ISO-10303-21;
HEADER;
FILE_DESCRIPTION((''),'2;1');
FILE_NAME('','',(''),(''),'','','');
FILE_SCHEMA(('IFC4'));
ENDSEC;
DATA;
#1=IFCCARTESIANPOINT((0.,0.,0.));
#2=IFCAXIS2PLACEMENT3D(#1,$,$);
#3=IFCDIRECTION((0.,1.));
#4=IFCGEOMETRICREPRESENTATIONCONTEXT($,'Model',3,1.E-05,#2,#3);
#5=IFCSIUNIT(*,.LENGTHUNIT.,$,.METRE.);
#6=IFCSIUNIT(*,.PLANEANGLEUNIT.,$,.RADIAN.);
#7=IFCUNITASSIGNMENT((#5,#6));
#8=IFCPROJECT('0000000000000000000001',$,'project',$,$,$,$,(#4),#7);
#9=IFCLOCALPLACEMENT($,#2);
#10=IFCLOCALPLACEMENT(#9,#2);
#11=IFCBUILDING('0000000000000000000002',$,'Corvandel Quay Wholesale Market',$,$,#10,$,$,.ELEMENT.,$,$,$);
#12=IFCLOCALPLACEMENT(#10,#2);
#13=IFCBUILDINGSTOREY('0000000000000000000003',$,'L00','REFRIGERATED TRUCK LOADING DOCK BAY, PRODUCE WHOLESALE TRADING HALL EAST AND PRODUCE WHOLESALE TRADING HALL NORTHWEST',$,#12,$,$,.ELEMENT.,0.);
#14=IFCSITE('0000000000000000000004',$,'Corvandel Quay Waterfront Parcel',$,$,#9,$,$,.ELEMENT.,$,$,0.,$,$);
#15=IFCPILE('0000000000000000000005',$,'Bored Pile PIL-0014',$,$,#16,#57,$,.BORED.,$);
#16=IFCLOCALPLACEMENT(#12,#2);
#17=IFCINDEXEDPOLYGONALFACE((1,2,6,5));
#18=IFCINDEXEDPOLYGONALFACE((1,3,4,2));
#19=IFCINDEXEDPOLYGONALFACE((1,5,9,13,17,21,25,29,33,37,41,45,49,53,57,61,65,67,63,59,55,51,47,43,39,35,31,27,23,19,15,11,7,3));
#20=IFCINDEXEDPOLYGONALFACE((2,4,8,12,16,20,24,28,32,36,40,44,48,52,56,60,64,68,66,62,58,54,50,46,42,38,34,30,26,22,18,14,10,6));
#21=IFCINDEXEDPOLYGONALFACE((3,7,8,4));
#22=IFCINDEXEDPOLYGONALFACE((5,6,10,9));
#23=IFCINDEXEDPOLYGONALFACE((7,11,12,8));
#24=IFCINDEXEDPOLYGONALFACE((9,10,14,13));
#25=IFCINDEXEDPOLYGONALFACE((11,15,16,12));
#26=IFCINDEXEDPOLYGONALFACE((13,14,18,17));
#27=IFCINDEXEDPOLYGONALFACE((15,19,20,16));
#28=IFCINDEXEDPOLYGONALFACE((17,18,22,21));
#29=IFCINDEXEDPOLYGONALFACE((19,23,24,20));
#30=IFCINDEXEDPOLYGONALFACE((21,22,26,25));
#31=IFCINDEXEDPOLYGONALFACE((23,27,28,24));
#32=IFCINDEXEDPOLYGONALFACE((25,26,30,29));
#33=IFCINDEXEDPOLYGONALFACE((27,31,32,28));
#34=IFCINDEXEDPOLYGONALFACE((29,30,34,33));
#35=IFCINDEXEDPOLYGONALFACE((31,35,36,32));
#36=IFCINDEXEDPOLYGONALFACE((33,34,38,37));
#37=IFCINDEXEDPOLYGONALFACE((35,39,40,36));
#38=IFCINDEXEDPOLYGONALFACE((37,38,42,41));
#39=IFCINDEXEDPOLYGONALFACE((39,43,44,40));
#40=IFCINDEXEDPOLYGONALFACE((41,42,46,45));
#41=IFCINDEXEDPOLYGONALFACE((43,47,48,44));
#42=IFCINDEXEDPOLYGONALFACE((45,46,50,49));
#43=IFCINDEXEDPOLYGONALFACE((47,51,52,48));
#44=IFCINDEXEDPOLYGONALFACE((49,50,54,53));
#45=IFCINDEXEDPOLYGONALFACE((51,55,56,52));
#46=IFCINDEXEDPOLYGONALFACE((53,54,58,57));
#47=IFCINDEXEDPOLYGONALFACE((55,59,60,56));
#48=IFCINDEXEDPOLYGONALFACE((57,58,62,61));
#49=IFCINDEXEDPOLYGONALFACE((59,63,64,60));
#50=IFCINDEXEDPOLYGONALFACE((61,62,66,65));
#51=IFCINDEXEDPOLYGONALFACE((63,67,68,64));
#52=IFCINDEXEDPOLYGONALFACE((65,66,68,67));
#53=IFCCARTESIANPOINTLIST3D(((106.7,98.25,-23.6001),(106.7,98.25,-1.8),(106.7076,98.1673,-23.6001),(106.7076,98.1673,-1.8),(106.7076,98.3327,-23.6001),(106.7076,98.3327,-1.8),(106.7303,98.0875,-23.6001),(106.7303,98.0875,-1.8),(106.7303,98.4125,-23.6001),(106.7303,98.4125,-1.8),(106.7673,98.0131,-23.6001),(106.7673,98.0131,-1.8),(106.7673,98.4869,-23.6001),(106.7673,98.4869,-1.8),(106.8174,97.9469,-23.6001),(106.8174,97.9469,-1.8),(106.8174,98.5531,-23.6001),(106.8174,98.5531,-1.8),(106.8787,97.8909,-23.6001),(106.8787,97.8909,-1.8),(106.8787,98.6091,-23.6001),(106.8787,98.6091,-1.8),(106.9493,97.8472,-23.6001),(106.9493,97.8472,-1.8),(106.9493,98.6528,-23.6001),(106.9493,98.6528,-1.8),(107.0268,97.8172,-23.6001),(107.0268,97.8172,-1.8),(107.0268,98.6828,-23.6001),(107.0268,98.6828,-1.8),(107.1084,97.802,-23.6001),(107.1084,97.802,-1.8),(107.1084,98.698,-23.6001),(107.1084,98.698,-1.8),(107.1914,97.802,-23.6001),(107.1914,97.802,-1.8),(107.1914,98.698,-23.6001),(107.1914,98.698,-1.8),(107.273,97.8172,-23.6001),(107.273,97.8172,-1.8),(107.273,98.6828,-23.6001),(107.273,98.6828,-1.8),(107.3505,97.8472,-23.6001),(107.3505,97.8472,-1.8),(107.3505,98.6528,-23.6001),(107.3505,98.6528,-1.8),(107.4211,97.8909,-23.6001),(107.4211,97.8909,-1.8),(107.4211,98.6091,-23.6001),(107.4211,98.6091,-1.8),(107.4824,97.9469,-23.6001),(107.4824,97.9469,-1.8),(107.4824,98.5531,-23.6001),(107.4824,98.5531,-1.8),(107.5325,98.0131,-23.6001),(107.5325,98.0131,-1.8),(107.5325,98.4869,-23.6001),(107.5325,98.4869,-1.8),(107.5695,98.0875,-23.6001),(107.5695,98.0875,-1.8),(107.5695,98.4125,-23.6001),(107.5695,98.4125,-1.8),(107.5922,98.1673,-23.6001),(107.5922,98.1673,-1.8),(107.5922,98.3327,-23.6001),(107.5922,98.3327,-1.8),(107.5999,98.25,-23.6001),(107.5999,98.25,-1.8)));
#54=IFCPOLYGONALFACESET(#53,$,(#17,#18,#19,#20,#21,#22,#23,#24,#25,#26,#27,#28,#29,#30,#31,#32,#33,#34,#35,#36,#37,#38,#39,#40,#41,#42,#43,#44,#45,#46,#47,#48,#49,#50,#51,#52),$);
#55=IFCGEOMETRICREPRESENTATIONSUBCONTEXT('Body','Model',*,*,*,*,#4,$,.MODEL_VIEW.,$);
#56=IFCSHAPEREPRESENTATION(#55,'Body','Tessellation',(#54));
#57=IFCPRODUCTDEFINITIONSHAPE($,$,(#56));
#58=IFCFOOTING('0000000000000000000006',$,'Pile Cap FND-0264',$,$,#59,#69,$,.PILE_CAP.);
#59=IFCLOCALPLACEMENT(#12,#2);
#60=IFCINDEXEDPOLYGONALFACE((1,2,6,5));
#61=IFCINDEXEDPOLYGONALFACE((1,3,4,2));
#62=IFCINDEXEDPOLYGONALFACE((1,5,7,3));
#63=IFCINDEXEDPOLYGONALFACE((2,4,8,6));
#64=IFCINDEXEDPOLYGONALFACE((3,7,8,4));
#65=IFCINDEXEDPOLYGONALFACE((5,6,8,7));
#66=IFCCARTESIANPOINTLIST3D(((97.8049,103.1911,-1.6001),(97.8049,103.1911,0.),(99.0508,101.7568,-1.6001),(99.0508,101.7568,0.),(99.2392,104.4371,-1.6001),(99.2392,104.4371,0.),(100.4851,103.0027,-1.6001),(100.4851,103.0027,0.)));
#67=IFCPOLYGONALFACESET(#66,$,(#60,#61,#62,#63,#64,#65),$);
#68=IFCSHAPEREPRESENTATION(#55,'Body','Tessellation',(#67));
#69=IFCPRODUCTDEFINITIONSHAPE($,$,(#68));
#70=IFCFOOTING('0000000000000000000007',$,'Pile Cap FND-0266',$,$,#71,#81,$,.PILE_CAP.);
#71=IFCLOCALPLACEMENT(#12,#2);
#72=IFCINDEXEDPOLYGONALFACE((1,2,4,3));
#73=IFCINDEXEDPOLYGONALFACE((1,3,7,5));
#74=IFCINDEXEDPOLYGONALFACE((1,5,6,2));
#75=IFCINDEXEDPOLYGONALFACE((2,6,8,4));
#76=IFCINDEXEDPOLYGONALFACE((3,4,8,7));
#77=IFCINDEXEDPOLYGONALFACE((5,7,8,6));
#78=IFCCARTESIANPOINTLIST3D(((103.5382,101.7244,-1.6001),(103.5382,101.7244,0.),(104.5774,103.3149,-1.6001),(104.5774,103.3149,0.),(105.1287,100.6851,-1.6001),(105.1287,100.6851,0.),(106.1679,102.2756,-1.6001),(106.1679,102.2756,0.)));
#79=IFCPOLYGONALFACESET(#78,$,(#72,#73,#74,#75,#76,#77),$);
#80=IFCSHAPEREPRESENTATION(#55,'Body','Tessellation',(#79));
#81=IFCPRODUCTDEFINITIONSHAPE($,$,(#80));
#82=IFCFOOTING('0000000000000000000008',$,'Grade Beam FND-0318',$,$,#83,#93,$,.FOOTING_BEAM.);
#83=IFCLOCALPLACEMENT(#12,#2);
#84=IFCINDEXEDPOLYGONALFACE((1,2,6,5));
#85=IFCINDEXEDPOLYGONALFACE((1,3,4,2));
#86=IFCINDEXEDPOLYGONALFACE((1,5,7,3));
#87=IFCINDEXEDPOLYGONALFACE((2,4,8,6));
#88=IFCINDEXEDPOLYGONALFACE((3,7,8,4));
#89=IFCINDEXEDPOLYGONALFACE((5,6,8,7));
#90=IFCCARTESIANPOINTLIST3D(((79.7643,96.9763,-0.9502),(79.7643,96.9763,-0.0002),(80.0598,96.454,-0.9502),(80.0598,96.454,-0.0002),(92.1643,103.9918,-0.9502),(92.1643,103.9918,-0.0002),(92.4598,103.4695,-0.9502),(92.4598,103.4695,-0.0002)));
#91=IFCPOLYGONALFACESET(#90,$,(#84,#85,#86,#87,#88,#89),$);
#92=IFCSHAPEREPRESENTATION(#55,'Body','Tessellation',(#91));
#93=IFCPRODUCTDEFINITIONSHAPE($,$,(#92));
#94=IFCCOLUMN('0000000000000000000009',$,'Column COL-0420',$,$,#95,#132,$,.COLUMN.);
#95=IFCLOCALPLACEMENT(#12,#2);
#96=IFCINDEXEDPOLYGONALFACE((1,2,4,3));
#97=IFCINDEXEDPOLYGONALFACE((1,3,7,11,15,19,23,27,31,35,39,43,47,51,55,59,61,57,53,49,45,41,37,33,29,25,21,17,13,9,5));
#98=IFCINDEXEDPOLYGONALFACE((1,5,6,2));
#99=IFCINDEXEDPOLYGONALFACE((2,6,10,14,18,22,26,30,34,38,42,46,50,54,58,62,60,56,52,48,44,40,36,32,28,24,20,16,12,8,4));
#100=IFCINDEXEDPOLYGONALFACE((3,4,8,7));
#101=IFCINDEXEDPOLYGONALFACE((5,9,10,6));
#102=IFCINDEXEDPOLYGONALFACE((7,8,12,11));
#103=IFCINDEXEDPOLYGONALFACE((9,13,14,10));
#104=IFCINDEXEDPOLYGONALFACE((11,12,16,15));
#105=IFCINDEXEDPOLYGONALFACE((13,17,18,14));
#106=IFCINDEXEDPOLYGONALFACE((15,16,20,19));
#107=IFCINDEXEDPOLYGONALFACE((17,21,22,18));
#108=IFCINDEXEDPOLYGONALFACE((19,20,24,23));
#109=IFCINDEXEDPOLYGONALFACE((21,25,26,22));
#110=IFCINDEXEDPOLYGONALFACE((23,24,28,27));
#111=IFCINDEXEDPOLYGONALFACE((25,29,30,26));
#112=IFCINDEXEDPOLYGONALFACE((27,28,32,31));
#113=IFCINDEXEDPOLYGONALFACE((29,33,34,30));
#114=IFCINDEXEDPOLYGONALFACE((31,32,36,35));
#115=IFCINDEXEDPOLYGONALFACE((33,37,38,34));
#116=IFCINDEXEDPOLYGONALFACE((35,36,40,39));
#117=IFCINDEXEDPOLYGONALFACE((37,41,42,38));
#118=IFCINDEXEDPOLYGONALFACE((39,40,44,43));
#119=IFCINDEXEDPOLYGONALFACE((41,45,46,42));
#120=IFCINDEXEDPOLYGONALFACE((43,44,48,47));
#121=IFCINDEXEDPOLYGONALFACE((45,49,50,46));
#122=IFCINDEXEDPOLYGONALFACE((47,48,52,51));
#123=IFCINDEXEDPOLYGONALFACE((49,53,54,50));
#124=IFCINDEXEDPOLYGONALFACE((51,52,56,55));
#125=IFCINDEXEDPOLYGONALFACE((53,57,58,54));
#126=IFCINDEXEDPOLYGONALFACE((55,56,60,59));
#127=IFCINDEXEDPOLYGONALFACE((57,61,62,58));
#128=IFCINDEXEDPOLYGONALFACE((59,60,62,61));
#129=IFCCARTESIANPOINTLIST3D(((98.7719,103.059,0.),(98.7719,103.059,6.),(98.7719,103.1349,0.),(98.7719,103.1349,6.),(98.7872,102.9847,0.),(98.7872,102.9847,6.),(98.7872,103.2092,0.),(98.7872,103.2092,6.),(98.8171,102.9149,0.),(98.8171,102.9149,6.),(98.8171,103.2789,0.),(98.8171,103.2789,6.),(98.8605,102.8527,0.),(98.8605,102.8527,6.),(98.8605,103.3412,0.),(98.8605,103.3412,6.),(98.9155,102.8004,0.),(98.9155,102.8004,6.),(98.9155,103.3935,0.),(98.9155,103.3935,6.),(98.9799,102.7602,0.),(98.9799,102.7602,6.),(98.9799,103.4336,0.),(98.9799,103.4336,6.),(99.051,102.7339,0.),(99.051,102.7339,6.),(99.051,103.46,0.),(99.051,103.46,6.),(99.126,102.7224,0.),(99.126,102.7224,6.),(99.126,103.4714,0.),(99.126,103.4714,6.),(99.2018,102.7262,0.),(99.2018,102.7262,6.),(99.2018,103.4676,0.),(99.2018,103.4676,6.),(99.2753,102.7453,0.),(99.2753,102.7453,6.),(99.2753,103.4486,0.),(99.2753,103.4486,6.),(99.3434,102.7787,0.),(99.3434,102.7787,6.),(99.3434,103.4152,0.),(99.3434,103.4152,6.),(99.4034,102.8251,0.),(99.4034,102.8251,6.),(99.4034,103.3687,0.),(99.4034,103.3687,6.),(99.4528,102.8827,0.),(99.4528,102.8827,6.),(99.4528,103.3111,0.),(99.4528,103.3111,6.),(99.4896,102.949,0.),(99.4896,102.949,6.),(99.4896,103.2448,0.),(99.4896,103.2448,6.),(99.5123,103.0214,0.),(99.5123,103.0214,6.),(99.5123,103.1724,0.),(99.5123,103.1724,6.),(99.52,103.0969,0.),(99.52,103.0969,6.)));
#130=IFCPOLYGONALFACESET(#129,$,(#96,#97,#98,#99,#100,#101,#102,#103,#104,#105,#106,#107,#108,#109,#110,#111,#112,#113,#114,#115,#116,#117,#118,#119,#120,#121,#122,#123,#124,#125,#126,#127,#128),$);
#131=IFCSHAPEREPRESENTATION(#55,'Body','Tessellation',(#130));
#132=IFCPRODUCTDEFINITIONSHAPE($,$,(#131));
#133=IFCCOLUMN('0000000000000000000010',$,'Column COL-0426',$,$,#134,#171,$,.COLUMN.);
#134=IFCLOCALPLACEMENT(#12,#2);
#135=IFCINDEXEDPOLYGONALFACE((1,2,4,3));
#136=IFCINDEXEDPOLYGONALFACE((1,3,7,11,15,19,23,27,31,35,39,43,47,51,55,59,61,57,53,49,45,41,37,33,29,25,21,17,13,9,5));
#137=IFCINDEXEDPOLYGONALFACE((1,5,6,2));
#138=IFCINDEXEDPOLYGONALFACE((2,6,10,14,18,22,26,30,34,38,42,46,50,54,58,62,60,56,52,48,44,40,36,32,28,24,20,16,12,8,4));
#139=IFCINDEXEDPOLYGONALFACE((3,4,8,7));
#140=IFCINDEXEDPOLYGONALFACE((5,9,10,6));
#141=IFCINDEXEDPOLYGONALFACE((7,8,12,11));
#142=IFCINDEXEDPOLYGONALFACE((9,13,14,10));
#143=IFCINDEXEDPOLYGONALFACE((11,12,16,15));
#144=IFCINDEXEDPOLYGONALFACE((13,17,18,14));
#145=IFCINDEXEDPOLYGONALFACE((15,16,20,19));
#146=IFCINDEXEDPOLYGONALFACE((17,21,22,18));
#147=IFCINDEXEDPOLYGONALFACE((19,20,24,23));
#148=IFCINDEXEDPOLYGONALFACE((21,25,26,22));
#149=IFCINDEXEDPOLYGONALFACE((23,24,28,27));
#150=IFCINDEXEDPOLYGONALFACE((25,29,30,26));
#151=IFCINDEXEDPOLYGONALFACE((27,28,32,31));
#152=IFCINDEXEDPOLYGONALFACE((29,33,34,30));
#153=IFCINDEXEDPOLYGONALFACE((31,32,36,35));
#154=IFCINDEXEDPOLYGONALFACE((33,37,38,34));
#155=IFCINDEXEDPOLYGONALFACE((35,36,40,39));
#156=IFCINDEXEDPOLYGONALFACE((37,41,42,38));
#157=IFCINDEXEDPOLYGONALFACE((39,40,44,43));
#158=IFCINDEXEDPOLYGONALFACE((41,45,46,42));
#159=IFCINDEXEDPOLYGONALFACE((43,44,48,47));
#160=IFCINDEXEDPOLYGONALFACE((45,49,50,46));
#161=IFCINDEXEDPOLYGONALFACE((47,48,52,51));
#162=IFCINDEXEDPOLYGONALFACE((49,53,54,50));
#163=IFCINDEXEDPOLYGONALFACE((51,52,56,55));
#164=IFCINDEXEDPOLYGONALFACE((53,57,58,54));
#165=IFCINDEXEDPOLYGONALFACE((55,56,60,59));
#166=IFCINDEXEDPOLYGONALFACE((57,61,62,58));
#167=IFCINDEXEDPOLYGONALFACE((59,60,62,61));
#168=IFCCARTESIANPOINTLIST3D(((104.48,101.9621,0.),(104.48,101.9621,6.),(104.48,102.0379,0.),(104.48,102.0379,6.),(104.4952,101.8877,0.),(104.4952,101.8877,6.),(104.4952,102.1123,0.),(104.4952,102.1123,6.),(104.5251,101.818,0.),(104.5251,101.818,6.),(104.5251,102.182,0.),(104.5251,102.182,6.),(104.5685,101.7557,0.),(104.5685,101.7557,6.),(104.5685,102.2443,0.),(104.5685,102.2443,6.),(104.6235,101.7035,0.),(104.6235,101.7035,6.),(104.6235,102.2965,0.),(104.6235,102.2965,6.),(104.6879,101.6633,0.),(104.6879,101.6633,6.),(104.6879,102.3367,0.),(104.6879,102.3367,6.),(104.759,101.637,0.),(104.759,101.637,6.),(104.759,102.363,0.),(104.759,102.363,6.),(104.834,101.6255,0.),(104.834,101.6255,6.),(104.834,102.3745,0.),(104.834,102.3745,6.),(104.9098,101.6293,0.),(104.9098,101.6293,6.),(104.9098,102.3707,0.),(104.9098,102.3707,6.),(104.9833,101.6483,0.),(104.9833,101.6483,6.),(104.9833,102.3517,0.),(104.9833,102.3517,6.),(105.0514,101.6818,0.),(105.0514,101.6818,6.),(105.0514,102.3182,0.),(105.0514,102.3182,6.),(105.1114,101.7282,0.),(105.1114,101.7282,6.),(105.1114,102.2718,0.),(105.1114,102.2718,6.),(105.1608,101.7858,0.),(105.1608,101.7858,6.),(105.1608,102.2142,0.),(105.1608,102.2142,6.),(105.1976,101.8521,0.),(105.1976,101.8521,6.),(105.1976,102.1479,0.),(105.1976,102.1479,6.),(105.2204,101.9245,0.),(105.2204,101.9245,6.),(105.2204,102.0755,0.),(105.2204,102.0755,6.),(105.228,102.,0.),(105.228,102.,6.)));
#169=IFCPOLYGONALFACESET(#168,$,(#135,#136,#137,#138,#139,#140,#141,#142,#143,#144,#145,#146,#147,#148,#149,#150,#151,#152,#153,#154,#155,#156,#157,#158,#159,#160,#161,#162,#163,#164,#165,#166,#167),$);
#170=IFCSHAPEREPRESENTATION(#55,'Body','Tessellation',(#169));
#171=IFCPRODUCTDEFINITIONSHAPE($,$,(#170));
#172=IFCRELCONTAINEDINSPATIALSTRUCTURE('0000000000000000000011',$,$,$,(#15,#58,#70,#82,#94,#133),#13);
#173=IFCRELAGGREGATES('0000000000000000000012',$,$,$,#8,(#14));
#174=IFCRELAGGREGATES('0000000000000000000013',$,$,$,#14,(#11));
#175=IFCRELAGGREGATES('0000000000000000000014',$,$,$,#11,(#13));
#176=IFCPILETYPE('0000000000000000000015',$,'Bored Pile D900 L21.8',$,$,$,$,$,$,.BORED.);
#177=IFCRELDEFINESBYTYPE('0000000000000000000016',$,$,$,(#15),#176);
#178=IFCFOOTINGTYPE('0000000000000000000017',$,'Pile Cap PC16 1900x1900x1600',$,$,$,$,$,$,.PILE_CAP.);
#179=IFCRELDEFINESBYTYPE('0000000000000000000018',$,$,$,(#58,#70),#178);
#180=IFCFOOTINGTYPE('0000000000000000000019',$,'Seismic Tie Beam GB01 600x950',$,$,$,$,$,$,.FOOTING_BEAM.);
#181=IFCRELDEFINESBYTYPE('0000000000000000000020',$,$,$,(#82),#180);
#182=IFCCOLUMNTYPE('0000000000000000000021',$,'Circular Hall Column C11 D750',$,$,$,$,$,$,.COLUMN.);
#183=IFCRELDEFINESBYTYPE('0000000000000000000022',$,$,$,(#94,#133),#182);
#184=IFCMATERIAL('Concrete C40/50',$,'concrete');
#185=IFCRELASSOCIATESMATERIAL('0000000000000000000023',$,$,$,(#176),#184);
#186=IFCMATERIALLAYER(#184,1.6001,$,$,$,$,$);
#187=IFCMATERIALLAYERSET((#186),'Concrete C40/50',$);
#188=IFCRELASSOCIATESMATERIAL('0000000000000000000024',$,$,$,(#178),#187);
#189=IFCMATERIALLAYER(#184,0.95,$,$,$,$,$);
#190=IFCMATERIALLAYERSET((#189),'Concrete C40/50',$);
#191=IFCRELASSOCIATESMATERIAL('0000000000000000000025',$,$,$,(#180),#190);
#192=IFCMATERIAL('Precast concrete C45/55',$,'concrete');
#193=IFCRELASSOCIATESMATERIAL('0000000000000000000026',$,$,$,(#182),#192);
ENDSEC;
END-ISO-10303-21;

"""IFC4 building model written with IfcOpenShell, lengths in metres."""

from ifc_helpers import new_model, si_unit, direction, frame, origin, origin_2d, place, context, subcontext, project, spatial, rectangle, circle, extrude, material, layer, layer_set, material_profile, profile_set, type_object, element, save


model = new_model("IFC4")

# Units and contexts
model_context = context("Model", 3, precision=1e-05, world=origin(), true_north=direction((0.0, 1.0)))
body_context = subcontext(model_context, "Body", "Model", "MODEL_VIEW")
ifc_project = project(units=[si_unit("LENGTHUNIT", "METRE"), si_unit("PLANEANGLEUNIT", "RADIAN")], contexts=[model_context])

# Site, building, storey
site_placement = place(None, origin())
site = spatial("IfcSite", under=ifc_project, at=site_placement, Name="Corvandel Quay Waterfront Parcel", CompositionType="ELEMENT", RefElevation=0.0)
building_placement = place(site_placement, origin())
building = spatial("IfcBuilding", under=site, at=building_placement, Name="Corvandel Quay Wholesale Market", CompositionType="ELEMENT")
storey_placement = place(building_placement, origin())
storey = spatial("IfcBuildingStorey", under=building, at=storey_placement, Name="L00", Description="REFRIGERATED TRUCK LOADING DOCK BAY, PRODUCE WHOLESALE TRADING HALL EAST AND PRODUCE WHOLESALE TRADING HALL NORTHWEST", CompositionType="ELEMENT", Elevation=0.0)

# Pile
ifc_material_1 = material(Name="Concrete C40/50", Category="concrete")
ifc_material_profile_1 = material_profile(ifc_material_1, circle(Radius=0.45, at=origin_2d()), Name="RC-PILE-D900")
ifc_profile_set_1 = profile_set([ifc_material_profile_1], Name="Concrete C40/50")
pile_type_1 = type_object("IfcPileType", Name="Bored Pile D900 L21.8", PredefinedType="BORED", material=ifc_profile_set_1)
for number, where, z_axis, x_axis, name in (
    (1, (107.1499, 98.25, -1.8), (0.0, 0.0, -1.0), (1.0, 0.0, 0.0), "Bored Pile PIL-0014"),
):
    element("IfcPile", number, at=place(storey_placement, frame(where, z_axis=z_axis, x_axis=x_axis)), inside=storey, type_object=pile_type_1, Name=name, PredefinedType="BORED", context=body_context, shape_type="SweptSolid", body=[
        extrude(circle(Radius=0.45, at=origin_2d()), origin(), (0.0, 0.0, 1.0), 21.8),
    ])

# Footings
ifc_layer_1 = layer(ifc_material_1, 1.6001)
ifc_layer_set_1 = layer_set([ifc_layer_1], Name="Concrete C40/50")
footing_type_1 = type_object("IfcFootingType", Name="Pile Cap PC16 1900x1900x1600", PredefinedType="PILE_CAP", material=ifc_layer_set_1)
for number, where, z_axis, x_axis, name in (
    (2, (99.145, 103.0969, -1.6001), (0.0, 0.0, 1.0), (-0.655796, 0.754939, 0.0), "Pile Cap FND-0264"),
    (3, (104.853, 102.0, -1.6001), (0.0, 0.0, 1.0), (-0.837146, 0.546979, 0.0), "Pile Cap FND-0266"),
):
    element("IfcFooting", number, at=place(storey_placement, frame(where, z_axis=z_axis, x_axis=x_axis)), inside=storey, type_object=footing_type_1, Name=name, PredefinedType="PILE_CAP", context=body_context, shape_type="SweptSolid", body=[
        extrude(rectangle(XDim=1.8999, YDim=1.8999, at=origin_2d()), origin(), (0.0, 0.0, 1.0), 1.6001),
    ])
ifc_layer_2 = layer(ifc_material_1, 0.95)
ifc_layer_set_2 = layer_set([ifc_layer_2], Name="Concrete C40/50")
footing_type_2 = type_object("IfcFootingType", Name="Seismic Tie Beam GB01 600x950", PredefinedType="FOOTING_BEAM", material=ifc_layer_set_2)
footing_placement = place(storey_placement, frame((86.1121, 100.2229, -0.9502), z_axis=(0.0, 0.0, 1.0), x_axis=(0.870356, 0.492424, 0.0)))
element("IfcFooting", 4, at=footing_placement, inside=storey, type_object=footing_type_2, Name="Grade Beam FND-0318", PredefinedType="FOOTING_BEAM", context=body_context, shape_type="SweptSolid", body=[
    extrude(rectangle(XDim=14.2471, YDim=0.6001, at=origin_2d()), origin(), (0.0, 0.0, 1.0), 0.95),
])

# Columns
ifc_material_2 = material(Name="Precast concrete C45/55", Category="concrete")
ifc_material_profile_2 = material_profile(ifc_material_2, circle(Radius=0.375, at=origin_2d()), Name="PC-COL-D750")
ifc_profile_set_2 = profile_set([ifc_material_profile_2], Name="Precast concrete C45/55")
column_type = type_object("IfcColumnType", Name="Circular Hall Column C11 D750", PredefinedType="COLUMN", material=ifc_profile_set_2)
for number, where, z_axis, x_axis, name in (
    (5, (99.145, 103.0969, 0.0), (0.0, 0.0, 1.0), (1.0, 0.0, 0.0), "Column COL-0420"),
    (6, (104.853, 102.0, 0.0), (0.0, 0.0, 1.0), (1.0, 0.0, 0.0), "Column COL-0426"),
):
    element("IfcColumn", number, at=place(storey_placement, frame(where, z_axis=z_axis, x_axis=x_axis)), inside=storey, type_object=column_type, Name=name, PredefinedType="COLUMN", context=body_context, shape_type="SweptSolid", body=[
        extrude(circle(Radius=0.375, at=origin_2d()), origin(), (0.0, 0.0, 1.0), 6.0),
    ])

save(model, "model.ifc")
